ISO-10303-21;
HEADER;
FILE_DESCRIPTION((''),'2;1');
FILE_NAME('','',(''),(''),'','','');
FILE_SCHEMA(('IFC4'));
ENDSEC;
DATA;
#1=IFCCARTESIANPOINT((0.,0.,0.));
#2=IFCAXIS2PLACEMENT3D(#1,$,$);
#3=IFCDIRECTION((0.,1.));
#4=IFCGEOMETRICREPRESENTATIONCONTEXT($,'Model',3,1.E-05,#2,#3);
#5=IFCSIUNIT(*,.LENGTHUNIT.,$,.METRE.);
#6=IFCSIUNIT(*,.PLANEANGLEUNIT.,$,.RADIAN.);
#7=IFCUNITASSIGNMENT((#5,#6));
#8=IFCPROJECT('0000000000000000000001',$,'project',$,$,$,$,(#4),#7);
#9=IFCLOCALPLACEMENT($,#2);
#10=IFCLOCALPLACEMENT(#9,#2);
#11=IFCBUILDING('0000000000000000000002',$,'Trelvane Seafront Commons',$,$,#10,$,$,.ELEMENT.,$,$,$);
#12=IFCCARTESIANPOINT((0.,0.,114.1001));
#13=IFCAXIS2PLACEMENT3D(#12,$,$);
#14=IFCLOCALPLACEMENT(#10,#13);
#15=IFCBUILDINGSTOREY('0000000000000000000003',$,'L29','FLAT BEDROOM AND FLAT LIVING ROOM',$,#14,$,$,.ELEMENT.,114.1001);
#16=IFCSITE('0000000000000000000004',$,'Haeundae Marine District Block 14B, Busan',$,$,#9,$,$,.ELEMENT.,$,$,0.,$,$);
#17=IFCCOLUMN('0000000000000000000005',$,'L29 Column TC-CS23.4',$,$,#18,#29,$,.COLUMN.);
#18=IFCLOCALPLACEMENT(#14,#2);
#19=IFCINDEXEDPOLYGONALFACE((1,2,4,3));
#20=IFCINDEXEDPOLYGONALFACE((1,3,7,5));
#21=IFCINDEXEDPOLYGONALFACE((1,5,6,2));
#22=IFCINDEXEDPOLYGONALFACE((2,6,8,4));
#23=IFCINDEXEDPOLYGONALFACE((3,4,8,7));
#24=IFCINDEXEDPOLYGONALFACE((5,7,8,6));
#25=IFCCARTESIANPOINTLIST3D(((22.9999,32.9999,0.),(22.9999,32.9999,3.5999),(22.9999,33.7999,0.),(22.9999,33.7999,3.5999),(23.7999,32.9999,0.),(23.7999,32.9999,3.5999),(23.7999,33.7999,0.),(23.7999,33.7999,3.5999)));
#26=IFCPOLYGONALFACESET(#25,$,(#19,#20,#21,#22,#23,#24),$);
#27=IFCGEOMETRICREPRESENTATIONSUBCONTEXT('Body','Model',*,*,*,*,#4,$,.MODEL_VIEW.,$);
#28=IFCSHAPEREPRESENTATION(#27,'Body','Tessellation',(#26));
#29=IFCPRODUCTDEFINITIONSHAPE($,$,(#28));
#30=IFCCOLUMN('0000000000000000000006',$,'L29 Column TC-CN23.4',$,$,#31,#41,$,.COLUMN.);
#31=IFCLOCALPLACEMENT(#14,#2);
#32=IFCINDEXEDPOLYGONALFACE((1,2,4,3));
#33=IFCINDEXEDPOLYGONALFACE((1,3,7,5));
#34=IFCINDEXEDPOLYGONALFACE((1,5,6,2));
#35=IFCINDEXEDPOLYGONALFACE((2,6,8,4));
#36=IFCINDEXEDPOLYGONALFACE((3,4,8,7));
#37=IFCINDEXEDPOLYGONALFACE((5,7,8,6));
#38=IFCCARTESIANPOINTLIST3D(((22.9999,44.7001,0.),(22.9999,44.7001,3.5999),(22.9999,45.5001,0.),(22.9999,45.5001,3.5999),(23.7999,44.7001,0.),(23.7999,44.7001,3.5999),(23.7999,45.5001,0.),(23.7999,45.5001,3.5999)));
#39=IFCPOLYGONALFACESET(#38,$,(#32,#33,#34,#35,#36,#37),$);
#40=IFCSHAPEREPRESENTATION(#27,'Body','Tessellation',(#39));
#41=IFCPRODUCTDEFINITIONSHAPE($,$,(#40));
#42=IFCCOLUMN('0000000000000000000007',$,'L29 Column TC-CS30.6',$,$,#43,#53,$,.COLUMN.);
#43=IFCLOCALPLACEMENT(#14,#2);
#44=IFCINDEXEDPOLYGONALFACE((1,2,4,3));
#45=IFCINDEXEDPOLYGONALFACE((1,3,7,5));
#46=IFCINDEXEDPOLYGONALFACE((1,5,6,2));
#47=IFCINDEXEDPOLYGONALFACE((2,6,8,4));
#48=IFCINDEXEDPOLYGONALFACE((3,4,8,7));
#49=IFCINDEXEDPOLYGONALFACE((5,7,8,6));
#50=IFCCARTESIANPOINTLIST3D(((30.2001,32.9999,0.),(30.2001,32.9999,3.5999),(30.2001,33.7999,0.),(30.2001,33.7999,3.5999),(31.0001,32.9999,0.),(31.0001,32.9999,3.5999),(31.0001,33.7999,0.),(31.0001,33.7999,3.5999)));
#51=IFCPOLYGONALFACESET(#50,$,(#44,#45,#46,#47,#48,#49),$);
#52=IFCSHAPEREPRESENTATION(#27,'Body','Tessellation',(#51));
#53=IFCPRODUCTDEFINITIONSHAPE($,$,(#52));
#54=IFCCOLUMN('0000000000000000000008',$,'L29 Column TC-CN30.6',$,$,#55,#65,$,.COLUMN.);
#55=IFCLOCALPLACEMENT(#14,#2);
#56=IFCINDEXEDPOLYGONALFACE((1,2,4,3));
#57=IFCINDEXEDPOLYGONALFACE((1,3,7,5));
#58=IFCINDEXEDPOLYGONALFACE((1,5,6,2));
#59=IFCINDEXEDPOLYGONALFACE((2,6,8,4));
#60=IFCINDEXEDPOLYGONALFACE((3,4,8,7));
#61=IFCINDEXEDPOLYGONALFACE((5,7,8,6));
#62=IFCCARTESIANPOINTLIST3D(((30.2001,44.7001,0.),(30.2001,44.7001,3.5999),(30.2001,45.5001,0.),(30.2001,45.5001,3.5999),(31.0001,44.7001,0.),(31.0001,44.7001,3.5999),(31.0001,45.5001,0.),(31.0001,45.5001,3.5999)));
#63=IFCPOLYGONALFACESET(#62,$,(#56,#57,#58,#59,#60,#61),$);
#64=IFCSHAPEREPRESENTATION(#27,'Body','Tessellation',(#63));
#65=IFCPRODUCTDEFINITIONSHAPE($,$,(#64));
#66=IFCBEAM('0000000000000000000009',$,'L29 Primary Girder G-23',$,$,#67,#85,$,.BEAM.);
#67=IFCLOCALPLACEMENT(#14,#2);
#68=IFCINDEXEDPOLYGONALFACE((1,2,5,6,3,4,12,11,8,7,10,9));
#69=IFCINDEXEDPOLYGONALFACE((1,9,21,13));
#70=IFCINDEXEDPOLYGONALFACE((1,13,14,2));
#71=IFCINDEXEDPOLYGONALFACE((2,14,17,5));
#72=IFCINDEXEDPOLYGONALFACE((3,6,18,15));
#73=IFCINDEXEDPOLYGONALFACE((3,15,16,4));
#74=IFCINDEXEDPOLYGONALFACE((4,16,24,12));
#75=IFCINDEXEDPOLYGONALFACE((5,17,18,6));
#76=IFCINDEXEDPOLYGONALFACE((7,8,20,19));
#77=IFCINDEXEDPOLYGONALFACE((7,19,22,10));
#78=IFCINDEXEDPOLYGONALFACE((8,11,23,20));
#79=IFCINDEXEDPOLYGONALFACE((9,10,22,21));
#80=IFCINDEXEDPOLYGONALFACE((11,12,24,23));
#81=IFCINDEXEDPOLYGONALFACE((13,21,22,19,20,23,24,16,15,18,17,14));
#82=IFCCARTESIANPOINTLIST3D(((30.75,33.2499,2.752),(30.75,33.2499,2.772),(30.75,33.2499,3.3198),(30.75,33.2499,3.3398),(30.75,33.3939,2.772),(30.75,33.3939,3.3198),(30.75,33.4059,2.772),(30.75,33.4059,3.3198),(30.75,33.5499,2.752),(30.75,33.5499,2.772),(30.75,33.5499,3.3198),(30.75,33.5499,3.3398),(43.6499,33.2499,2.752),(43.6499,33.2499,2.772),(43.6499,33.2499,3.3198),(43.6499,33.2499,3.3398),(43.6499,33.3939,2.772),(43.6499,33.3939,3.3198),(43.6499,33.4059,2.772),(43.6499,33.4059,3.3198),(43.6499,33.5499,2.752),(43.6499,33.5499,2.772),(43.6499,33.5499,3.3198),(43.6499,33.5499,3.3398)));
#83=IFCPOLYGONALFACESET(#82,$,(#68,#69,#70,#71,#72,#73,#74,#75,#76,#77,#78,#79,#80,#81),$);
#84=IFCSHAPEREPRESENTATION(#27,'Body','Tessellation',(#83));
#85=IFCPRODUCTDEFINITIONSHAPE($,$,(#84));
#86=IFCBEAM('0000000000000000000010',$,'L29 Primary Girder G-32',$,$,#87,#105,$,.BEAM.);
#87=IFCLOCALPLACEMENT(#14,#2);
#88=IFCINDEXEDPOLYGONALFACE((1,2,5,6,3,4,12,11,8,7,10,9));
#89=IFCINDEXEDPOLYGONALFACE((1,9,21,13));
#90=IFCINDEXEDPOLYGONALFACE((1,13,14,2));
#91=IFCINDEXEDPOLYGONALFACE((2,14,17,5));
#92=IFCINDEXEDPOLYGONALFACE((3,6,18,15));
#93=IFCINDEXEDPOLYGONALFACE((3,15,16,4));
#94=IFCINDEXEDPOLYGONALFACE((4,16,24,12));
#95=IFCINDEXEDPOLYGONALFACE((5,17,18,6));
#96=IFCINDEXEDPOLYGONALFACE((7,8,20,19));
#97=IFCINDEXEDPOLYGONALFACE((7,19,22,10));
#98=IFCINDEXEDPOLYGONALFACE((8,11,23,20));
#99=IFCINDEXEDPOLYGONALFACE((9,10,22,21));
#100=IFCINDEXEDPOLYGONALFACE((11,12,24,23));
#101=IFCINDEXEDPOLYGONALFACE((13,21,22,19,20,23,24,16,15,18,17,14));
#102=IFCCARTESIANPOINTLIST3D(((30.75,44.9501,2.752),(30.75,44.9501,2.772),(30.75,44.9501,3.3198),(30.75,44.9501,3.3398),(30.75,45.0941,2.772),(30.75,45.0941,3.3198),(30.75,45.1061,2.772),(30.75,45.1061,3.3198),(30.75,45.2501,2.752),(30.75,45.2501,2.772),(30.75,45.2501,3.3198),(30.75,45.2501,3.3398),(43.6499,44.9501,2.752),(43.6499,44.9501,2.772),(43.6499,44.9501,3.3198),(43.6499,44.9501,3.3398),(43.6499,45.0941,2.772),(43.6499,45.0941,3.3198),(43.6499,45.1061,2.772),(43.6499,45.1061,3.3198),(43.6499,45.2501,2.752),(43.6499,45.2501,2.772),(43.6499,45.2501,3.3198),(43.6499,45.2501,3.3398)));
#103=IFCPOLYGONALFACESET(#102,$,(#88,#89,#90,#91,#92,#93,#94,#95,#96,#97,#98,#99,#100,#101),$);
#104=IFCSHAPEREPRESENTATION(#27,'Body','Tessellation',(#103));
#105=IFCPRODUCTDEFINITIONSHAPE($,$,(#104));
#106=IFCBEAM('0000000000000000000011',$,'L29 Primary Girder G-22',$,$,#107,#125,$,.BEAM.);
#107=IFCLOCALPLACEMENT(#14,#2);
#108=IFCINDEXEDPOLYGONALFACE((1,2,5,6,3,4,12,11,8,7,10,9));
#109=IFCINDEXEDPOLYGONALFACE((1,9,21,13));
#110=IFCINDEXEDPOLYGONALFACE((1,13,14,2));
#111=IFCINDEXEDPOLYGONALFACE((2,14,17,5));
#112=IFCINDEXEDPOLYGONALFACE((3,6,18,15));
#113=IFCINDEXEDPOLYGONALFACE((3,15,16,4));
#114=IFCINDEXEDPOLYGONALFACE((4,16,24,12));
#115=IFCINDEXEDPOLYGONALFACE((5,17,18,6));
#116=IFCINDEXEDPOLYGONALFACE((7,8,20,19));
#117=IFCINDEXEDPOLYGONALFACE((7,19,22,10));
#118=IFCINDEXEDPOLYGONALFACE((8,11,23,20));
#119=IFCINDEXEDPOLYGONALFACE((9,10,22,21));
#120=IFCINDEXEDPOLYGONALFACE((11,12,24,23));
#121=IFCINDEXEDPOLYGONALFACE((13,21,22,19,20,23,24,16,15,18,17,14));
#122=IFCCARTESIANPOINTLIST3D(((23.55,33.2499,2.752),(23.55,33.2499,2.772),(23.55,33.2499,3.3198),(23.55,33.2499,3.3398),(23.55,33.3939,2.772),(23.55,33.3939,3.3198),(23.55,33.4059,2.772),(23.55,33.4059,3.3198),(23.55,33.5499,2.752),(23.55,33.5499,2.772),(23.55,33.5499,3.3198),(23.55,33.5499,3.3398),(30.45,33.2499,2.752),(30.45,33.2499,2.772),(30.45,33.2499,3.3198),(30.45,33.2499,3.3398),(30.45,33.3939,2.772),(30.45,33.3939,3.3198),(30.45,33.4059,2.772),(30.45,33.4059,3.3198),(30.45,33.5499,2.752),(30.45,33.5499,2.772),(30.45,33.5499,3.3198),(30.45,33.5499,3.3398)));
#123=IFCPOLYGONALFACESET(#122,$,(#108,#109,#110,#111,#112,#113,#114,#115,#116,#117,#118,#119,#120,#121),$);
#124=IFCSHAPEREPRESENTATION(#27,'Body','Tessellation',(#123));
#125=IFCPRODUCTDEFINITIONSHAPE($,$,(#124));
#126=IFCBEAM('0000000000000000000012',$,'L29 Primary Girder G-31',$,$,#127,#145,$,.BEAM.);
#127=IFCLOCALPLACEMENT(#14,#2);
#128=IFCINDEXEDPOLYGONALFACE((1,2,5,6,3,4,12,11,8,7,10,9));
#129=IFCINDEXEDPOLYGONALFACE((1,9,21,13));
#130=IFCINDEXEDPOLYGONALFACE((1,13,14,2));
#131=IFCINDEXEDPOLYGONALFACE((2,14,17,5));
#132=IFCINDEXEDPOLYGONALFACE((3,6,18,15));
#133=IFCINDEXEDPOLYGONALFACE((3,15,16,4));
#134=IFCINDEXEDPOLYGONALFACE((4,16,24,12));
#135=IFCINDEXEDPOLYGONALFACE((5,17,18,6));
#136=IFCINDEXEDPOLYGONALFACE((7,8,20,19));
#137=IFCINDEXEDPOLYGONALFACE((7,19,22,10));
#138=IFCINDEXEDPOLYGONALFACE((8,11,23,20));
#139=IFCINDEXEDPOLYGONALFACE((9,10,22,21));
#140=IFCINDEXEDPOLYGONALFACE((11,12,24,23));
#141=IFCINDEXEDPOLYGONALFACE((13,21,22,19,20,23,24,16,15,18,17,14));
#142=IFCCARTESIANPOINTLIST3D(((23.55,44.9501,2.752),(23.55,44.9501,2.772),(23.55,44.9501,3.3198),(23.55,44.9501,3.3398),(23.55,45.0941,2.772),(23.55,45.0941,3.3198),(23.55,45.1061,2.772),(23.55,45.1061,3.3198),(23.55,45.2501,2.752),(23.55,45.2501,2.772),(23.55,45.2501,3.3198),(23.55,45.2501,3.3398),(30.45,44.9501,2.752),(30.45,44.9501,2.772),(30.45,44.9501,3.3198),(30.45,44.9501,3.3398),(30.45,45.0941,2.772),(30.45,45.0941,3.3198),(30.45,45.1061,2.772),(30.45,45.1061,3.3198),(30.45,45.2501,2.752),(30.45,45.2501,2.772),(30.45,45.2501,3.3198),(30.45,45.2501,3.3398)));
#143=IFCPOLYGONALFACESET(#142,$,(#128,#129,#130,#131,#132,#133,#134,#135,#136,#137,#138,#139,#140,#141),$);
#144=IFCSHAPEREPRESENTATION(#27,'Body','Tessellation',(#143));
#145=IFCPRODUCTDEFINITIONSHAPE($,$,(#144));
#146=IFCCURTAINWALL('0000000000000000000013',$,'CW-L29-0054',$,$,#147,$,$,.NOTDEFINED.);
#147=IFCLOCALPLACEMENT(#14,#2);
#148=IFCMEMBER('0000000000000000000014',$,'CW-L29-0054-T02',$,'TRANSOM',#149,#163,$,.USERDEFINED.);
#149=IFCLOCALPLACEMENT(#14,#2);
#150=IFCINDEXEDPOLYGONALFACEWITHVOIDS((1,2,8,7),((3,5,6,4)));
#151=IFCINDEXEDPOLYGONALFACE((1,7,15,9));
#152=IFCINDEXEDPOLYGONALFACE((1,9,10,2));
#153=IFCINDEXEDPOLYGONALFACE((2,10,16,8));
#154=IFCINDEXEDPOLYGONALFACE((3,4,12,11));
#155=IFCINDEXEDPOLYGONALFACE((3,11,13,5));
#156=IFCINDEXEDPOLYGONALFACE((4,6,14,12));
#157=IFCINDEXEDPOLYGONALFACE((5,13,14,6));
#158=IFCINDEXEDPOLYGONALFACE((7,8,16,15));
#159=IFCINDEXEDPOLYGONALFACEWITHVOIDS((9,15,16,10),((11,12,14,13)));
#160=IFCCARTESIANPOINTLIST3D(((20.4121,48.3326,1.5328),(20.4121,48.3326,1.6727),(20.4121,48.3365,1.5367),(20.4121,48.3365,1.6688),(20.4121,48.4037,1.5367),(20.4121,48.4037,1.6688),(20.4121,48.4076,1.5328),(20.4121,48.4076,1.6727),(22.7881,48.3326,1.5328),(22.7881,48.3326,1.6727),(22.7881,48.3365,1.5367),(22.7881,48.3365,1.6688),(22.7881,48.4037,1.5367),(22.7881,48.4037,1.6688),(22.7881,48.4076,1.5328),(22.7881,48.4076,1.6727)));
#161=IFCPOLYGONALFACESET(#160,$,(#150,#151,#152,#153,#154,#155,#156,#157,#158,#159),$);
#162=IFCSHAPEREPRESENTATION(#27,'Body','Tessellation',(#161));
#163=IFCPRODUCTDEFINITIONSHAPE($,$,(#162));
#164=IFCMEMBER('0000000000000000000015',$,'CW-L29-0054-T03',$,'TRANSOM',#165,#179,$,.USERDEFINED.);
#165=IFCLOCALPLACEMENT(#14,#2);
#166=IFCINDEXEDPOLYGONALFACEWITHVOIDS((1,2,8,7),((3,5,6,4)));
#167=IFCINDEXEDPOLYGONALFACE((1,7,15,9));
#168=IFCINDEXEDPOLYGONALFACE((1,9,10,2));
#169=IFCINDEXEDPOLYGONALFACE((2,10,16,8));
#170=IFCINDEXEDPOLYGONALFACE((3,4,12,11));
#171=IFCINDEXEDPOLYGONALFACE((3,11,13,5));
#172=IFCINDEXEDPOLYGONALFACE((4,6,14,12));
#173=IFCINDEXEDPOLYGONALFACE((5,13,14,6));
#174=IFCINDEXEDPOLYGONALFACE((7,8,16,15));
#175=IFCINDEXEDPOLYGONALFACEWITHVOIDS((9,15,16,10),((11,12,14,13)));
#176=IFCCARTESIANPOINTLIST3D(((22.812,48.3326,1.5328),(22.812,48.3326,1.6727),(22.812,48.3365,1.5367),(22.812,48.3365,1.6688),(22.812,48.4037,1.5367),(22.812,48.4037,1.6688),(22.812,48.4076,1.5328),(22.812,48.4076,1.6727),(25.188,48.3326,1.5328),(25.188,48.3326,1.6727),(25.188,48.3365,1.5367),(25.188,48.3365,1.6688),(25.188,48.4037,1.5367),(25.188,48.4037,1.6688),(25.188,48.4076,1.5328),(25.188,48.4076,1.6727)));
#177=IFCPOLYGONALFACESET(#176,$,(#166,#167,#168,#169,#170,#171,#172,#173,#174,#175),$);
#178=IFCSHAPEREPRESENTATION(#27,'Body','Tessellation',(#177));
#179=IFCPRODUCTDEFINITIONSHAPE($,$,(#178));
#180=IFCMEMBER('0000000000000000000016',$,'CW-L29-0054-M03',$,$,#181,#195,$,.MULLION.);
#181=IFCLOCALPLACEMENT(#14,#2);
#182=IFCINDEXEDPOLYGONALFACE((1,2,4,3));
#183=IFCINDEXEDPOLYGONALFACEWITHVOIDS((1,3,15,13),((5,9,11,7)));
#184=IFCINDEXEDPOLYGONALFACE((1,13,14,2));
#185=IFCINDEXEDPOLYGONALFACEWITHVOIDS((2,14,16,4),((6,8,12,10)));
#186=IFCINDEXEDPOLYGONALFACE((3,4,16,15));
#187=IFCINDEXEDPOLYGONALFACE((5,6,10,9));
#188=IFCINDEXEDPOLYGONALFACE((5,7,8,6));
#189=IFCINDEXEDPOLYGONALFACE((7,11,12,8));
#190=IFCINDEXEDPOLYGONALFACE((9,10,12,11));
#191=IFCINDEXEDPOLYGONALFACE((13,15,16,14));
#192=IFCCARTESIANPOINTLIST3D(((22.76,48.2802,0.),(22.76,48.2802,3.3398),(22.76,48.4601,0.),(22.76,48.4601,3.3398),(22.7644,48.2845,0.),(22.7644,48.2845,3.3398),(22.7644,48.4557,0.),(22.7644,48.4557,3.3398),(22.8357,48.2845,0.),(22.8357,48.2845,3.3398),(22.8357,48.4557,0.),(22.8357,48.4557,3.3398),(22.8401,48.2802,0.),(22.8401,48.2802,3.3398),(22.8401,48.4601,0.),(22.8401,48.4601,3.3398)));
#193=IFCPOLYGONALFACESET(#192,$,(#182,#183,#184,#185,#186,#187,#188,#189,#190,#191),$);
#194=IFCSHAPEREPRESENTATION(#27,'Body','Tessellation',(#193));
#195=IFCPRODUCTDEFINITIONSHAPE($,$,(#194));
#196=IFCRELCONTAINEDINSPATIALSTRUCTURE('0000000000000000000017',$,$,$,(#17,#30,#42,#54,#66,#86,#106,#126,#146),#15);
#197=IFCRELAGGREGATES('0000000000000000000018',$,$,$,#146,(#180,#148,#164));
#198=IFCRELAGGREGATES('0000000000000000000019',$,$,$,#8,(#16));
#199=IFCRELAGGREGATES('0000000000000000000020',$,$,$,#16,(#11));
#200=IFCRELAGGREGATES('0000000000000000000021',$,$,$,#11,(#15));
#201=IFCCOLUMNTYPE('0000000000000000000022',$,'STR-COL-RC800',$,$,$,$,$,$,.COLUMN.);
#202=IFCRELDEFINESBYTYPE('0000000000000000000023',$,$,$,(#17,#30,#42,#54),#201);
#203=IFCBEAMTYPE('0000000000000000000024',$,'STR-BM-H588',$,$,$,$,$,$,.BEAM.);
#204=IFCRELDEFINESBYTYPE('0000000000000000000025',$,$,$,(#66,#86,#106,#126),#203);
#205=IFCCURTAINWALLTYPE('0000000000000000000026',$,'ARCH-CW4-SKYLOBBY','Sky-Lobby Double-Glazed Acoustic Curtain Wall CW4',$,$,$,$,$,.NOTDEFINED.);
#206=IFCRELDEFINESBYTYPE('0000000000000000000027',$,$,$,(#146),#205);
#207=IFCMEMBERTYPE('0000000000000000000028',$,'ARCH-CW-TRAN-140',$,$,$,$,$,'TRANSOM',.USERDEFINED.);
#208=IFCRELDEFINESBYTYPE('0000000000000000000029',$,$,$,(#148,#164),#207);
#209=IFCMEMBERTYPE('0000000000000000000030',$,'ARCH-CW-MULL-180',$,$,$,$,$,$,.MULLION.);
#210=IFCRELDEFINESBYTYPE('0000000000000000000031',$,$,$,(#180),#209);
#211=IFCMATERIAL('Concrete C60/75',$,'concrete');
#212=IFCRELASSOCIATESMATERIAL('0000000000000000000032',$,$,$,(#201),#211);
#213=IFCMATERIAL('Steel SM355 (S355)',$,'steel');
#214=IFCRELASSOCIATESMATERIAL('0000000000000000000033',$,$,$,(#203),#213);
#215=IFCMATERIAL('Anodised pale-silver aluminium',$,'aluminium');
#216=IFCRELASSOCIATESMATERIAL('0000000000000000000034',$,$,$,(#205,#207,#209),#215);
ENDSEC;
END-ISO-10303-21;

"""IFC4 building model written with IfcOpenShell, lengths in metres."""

from ifc_helpers import new_model, si_unit, direction, frame, origin, origin_2d, place, context, subcontext, project, spatial, rectangle, hollow_rectangle, i_section, extrude, source, transform, mapped, material, material_profile, profile_set, type_object, element, aggregate, save


model = new_model("IFC4")

# Units and contexts
model_context = context("Model", 3, precision=1e-05, world=origin(), true_north=direction((0.0, 1.0)))
body_context = subcontext(model_context, "Body", "Model", "MODEL_VIEW")
ifc_project = project(units=[si_unit("LENGTHUNIT", "METRE"), si_unit("PLANEANGLEUNIT", "RADIAN")], contexts=[model_context])

# Site, building, storey
site_placement = place(None, origin())
site = spatial("IfcSite", under=ifc_project, at=site_placement, Name="Haeundae Marine District Block 14B, Busan", CompositionType="ELEMENT", RefElevation=0.0)
building_placement = place(site_placement, origin())
building = spatial("IfcBuilding", under=site, at=building_placement, Name="Trelvane Seafront Commons", CompositionType="ELEMENT")
storey_placement = place(building_placement, frame((0.0, 0.0, 114.1001)))
storey = spatial("IfcBuildingStorey", under=building, at=storey_placement, Name="L29", Description="FLAT BEDROOM AND FLAT LIVING ROOM", CompositionType="ELEMENT", Elevation=114.1001)

# Columns
ifc_material_1 = material(Name="Concrete C60/75", Category="concrete")
ifc_material_profile_1 = material_profile(ifc_material_1, rectangle(XDim=0.8, YDim=0.8, at=origin_2d()), Name="RC-800x800")
ifc_profile_set_1 = profile_set([ifc_material_profile_1], Name="Concrete C60/75")
column_type = type_object("IfcColumnType", Name="STR-COL-RC800", PredefinedType="COLUMN", material=ifc_profile_set_1)
shared_shape_1 = source(origin(), body_context, "Body", "SweptSolid", [
    extrude(rectangle(XDim=0.8, YDim=0.8, at=origin_2d()), origin(), (0.0, 0.0, 1.0), 3.5999),
])
for number, where, z_axis, x_axis, name in (
    (1, (23.3999, 33.3999, 0.0), (0.0, 0.0, 1.0), (1.0, 0.0, 0.0), "L29 Column TC-CS23.4"),
    (2, (23.3999, 45.1001, 0.0), (0.0, 0.0, 1.0), (1.0, 0.0, 0.0), "L29 Column TC-CN23.4"),
    (3, (30.6001, 33.3999, 0.0), (0.0, 0.0, 1.0), (1.0, 0.0, 0.0), "L29 Column TC-CS30.6"),
    (4, (30.6001, 45.1001, 0.0), (0.0, 0.0, 1.0), (1.0, 0.0, 0.0), "L29 Column TC-CN30.6"),
):
    element("IfcColumn", number, at=place(storey_placement, frame(where, z_axis=z_axis, x_axis=x_axis)), inside=storey, type_object=column_type, Name=name, PredefinedType="COLUMN", context=body_context, shape_type="MappedRepresentation", body=[
        mapped(shared_shape_1, transform((0.0, 0.0, 0.0), x_axis=(1.0, 0.0, 0.0), y_axis=(0.0, 1.0, 0.0), z_axis=(0.0, 0.0, 1.0), scale=1.0)),
    ])

# Beams
ifc_material_2 = material(Name="Steel SM355 (S355)", Category="steel")
ifc_material_profile_2 = material_profile(ifc_material_2, i_section(OverallWidth=0.3, OverallDepth=0.5879, WebThickness=0.012, FlangeThickness=0.02, at=origin_2d()), Name="H-588x300x12x20")
ifc_profile_set_2 = profile_set([ifc_material_profile_2], Name="Steel SM355 (S355)")
beam_type = type_object("IfcBeamType", Name="STR-BM-H588", PredefinedType="BEAM", material=ifc_profile_set_2)
shared_shape_2 = source(origin(), body_context, "Body", "SweptSolid", [
    extrude(i_section(OverallWidth=0.3, OverallDepth=0.5879, WebThickness=0.012, FlangeThickness=0.02, at=origin_2d()), origin(), (0.0, 0.0, 1.0), 12.8999),
])
for number, where, z_axis, x_axis, name in (
    (5, (30.75, 33.3999, 3.0459), (1.0, 0.0, 0.0), (0.0, 1.0, 0.0), "L29 Primary Girder G-23"),
    (6, (30.75, 45.1001, 3.0459), (1.0, 0.0, 0.0), (0.0, 1.0, 0.0), "L29 Primary Girder G-32"),
):
    element("IfcBeam", number, at=place(storey_placement, frame(where, z_axis=z_axis, x_axis=x_axis)), inside=storey, type_object=beam_type, Name=name, PredefinedType="BEAM", context=body_context, shape_type="MappedRepresentation", body=[
        mapped(shared_shape_2, transform((0.0, 0.0, 0.0), x_axis=(1.0, 0.0, 0.0), y_axis=(0.0, 1.0, 0.0), z_axis=(0.0, 0.0, 1.0), scale=1.0)),
    ])
shared_shape_3 = source(origin(), body_context, "Body", "SweptSolid", [
    extrude(i_section(OverallWidth=0.3, OverallDepth=0.5879, WebThickness=0.012, FlangeThickness=0.02, at=origin_2d()), origin(), (0.0, 0.0, 1.0), 6.8999),
])
for number, where, z_axis, x_axis, name in (
    (7, (23.55, 33.3999, 3.0459), (1.0, 0.0, 0.0), (0.0, 1.0, 0.0), "L29 Primary Girder G-22"),
    (8, (23.55, 45.1001, 3.0459), (1.0, 0.0, 0.0), (0.0, 1.0, 0.0), "L29 Primary Girder G-31"),
):
    element("IfcBeam", number, at=place(storey_placement, frame(where, z_axis=z_axis, x_axis=x_axis)), inside=storey, type_object=beam_type, Name=name, PredefinedType="BEAM", context=body_context, shape_type="MappedRepresentation", body=[
        mapped(shared_shape_3, transform((0.0, 0.0, 0.0), x_axis=(1.0, 0.0, 0.0), y_axis=(0.0, 1.0, 0.0), z_axis=(0.0, 0.0, 1.0), scale=1.0)),
    ])

# Curtain wall, members
ifc_material_3 = material(Name="Anodised pale-silver aluminium", Category="aluminium")
curtain_wall_type = type_object("IfcCurtainWallType", Name="ARCH-CW4-SKYLOBBY", Description="Sky-Lobby Double-Glazed Acoustic Curtain Wall CW4", PredefinedType="NOTDEFINED", material=ifc_material_3)
curtain_wall_placement = place(storey_placement, origin())
curtain_wall = element("IfcCurtainWall", 9, at=curtain_wall_placement, inside=storey, type_object=curtain_wall_type, Name="CW-L29-0054", PredefinedType="NOTDEFINED")
ifc_material_profile_3 = material_profile(ifc_material_3, hollow_rectangle(XDim=0.075, YDim=0.1399, WallThickness=0.0039, at=origin_2d()), Name="TRAN-75x140x4")
ifc_profile_set_3 = profile_set([ifc_material_profile_3], Name="Anodised pale-silver aluminium")
member_type_1 = type_object("IfcMemberType", Name="ARCH-CW-TRAN-140", ElementType="TRANSOM", PredefinedType="USERDEFINED", material=ifc_profile_set_3)
shared_shape_4 = source(origin(), body_context, "Body", "SweptSolid", [
    extrude(hollow_rectangle(XDim=0.075, YDim=0.1399, WallThickness=0.0039, at=origin_2d()), origin(), (0.0, 0.0, 1.0), 2.376),
])
member_1_placement = place(storey_placement, frame((20.4121, 48.3701, 1.6028), z_axis=(1.0, 0.0, 0.0), x_axis=(0.0, 1.0, 0.0)))
member_1 = element("IfcMember", 10, at=member_1_placement, type_object=member_type_1, Name="CW-L29-0054-T02", ObjectType="TRANSOM", PredefinedType="USERDEFINED", context=body_context, shape_type="MappedRepresentation", body=[
    mapped(shared_shape_4, transform((0.0, 0.0, 0.0), x_axis=(1.0, 0.0, 0.0), y_axis=(0.0, 1.0, 0.0), z_axis=(0.0, 0.0, 1.0), scale=1.0)),
])
member_2_placement = place(storey_placement, frame((22.812, 48.3701, 1.6028), z_axis=(1.0, 0.0, 0.0), x_axis=(0.0, 1.0, 0.0)))
member_2 = element("IfcMember", 11, at=member_2_placement, type_object=member_type_1, Name="CW-L29-0054-T03", ObjectType="TRANSOM", PredefinedType="USERDEFINED", context=body_context, shape_type="MappedRepresentation", body=[
    mapped(shared_shape_4, transform((0.0, 0.0, 0.0), x_axis=(1.0, 0.0, 0.0), y_axis=(0.0, 1.0, 0.0), z_axis=(0.0, 0.0, 1.0), scale=1.0)),
])
ifc_material_profile_4 = material_profile(ifc_material_3, hollow_rectangle(XDim=0.0801, YDim=0.1799, WallThickness=0.0044, at=origin_2d()), Name="MULL-80x180x4.5")
ifc_profile_set_4 = profile_set([ifc_material_profile_4], Name="Anodised pale-silver aluminium")
member_type_2 = type_object("IfcMemberType", Name="ARCH-CW-MULL-180", PredefinedType="MULLION", material=ifc_profile_set_4)
shared_shape_5 = source(origin(), body_context, "Body", "SweptSolid", [
    extrude(hollow_rectangle(XDim=0.0801, YDim=0.1799, WallThickness=0.0044, at=origin_2d()), origin(), (0.0, 0.0, 1.0), 3.3398),
])
member_3_placement = place(storey_placement, frame((22.8, 48.3701, 0.0), z_axis=(0.0, 0.0, 1.0), x_axis=(1.0, 0.0, 0.0)))
member_3 = element("IfcMember", 12, at=member_3_placement, type_object=member_type_2, Name="CW-L29-0054-M03", PredefinedType="MULLION", context=body_context, shape_type="MappedRepresentation", body=[
    mapped(shared_shape_5, transform((0.0, 0.0, 0.0), x_axis=(1.0, 0.0, 0.0), y_axis=(0.0, 1.0, 0.0), z_axis=(0.0, 0.0, 1.0), scale=1.0)),
])
aggregate(curtain_wall, [member_3, member_1, member_2])

save(model, "model.ifc")
